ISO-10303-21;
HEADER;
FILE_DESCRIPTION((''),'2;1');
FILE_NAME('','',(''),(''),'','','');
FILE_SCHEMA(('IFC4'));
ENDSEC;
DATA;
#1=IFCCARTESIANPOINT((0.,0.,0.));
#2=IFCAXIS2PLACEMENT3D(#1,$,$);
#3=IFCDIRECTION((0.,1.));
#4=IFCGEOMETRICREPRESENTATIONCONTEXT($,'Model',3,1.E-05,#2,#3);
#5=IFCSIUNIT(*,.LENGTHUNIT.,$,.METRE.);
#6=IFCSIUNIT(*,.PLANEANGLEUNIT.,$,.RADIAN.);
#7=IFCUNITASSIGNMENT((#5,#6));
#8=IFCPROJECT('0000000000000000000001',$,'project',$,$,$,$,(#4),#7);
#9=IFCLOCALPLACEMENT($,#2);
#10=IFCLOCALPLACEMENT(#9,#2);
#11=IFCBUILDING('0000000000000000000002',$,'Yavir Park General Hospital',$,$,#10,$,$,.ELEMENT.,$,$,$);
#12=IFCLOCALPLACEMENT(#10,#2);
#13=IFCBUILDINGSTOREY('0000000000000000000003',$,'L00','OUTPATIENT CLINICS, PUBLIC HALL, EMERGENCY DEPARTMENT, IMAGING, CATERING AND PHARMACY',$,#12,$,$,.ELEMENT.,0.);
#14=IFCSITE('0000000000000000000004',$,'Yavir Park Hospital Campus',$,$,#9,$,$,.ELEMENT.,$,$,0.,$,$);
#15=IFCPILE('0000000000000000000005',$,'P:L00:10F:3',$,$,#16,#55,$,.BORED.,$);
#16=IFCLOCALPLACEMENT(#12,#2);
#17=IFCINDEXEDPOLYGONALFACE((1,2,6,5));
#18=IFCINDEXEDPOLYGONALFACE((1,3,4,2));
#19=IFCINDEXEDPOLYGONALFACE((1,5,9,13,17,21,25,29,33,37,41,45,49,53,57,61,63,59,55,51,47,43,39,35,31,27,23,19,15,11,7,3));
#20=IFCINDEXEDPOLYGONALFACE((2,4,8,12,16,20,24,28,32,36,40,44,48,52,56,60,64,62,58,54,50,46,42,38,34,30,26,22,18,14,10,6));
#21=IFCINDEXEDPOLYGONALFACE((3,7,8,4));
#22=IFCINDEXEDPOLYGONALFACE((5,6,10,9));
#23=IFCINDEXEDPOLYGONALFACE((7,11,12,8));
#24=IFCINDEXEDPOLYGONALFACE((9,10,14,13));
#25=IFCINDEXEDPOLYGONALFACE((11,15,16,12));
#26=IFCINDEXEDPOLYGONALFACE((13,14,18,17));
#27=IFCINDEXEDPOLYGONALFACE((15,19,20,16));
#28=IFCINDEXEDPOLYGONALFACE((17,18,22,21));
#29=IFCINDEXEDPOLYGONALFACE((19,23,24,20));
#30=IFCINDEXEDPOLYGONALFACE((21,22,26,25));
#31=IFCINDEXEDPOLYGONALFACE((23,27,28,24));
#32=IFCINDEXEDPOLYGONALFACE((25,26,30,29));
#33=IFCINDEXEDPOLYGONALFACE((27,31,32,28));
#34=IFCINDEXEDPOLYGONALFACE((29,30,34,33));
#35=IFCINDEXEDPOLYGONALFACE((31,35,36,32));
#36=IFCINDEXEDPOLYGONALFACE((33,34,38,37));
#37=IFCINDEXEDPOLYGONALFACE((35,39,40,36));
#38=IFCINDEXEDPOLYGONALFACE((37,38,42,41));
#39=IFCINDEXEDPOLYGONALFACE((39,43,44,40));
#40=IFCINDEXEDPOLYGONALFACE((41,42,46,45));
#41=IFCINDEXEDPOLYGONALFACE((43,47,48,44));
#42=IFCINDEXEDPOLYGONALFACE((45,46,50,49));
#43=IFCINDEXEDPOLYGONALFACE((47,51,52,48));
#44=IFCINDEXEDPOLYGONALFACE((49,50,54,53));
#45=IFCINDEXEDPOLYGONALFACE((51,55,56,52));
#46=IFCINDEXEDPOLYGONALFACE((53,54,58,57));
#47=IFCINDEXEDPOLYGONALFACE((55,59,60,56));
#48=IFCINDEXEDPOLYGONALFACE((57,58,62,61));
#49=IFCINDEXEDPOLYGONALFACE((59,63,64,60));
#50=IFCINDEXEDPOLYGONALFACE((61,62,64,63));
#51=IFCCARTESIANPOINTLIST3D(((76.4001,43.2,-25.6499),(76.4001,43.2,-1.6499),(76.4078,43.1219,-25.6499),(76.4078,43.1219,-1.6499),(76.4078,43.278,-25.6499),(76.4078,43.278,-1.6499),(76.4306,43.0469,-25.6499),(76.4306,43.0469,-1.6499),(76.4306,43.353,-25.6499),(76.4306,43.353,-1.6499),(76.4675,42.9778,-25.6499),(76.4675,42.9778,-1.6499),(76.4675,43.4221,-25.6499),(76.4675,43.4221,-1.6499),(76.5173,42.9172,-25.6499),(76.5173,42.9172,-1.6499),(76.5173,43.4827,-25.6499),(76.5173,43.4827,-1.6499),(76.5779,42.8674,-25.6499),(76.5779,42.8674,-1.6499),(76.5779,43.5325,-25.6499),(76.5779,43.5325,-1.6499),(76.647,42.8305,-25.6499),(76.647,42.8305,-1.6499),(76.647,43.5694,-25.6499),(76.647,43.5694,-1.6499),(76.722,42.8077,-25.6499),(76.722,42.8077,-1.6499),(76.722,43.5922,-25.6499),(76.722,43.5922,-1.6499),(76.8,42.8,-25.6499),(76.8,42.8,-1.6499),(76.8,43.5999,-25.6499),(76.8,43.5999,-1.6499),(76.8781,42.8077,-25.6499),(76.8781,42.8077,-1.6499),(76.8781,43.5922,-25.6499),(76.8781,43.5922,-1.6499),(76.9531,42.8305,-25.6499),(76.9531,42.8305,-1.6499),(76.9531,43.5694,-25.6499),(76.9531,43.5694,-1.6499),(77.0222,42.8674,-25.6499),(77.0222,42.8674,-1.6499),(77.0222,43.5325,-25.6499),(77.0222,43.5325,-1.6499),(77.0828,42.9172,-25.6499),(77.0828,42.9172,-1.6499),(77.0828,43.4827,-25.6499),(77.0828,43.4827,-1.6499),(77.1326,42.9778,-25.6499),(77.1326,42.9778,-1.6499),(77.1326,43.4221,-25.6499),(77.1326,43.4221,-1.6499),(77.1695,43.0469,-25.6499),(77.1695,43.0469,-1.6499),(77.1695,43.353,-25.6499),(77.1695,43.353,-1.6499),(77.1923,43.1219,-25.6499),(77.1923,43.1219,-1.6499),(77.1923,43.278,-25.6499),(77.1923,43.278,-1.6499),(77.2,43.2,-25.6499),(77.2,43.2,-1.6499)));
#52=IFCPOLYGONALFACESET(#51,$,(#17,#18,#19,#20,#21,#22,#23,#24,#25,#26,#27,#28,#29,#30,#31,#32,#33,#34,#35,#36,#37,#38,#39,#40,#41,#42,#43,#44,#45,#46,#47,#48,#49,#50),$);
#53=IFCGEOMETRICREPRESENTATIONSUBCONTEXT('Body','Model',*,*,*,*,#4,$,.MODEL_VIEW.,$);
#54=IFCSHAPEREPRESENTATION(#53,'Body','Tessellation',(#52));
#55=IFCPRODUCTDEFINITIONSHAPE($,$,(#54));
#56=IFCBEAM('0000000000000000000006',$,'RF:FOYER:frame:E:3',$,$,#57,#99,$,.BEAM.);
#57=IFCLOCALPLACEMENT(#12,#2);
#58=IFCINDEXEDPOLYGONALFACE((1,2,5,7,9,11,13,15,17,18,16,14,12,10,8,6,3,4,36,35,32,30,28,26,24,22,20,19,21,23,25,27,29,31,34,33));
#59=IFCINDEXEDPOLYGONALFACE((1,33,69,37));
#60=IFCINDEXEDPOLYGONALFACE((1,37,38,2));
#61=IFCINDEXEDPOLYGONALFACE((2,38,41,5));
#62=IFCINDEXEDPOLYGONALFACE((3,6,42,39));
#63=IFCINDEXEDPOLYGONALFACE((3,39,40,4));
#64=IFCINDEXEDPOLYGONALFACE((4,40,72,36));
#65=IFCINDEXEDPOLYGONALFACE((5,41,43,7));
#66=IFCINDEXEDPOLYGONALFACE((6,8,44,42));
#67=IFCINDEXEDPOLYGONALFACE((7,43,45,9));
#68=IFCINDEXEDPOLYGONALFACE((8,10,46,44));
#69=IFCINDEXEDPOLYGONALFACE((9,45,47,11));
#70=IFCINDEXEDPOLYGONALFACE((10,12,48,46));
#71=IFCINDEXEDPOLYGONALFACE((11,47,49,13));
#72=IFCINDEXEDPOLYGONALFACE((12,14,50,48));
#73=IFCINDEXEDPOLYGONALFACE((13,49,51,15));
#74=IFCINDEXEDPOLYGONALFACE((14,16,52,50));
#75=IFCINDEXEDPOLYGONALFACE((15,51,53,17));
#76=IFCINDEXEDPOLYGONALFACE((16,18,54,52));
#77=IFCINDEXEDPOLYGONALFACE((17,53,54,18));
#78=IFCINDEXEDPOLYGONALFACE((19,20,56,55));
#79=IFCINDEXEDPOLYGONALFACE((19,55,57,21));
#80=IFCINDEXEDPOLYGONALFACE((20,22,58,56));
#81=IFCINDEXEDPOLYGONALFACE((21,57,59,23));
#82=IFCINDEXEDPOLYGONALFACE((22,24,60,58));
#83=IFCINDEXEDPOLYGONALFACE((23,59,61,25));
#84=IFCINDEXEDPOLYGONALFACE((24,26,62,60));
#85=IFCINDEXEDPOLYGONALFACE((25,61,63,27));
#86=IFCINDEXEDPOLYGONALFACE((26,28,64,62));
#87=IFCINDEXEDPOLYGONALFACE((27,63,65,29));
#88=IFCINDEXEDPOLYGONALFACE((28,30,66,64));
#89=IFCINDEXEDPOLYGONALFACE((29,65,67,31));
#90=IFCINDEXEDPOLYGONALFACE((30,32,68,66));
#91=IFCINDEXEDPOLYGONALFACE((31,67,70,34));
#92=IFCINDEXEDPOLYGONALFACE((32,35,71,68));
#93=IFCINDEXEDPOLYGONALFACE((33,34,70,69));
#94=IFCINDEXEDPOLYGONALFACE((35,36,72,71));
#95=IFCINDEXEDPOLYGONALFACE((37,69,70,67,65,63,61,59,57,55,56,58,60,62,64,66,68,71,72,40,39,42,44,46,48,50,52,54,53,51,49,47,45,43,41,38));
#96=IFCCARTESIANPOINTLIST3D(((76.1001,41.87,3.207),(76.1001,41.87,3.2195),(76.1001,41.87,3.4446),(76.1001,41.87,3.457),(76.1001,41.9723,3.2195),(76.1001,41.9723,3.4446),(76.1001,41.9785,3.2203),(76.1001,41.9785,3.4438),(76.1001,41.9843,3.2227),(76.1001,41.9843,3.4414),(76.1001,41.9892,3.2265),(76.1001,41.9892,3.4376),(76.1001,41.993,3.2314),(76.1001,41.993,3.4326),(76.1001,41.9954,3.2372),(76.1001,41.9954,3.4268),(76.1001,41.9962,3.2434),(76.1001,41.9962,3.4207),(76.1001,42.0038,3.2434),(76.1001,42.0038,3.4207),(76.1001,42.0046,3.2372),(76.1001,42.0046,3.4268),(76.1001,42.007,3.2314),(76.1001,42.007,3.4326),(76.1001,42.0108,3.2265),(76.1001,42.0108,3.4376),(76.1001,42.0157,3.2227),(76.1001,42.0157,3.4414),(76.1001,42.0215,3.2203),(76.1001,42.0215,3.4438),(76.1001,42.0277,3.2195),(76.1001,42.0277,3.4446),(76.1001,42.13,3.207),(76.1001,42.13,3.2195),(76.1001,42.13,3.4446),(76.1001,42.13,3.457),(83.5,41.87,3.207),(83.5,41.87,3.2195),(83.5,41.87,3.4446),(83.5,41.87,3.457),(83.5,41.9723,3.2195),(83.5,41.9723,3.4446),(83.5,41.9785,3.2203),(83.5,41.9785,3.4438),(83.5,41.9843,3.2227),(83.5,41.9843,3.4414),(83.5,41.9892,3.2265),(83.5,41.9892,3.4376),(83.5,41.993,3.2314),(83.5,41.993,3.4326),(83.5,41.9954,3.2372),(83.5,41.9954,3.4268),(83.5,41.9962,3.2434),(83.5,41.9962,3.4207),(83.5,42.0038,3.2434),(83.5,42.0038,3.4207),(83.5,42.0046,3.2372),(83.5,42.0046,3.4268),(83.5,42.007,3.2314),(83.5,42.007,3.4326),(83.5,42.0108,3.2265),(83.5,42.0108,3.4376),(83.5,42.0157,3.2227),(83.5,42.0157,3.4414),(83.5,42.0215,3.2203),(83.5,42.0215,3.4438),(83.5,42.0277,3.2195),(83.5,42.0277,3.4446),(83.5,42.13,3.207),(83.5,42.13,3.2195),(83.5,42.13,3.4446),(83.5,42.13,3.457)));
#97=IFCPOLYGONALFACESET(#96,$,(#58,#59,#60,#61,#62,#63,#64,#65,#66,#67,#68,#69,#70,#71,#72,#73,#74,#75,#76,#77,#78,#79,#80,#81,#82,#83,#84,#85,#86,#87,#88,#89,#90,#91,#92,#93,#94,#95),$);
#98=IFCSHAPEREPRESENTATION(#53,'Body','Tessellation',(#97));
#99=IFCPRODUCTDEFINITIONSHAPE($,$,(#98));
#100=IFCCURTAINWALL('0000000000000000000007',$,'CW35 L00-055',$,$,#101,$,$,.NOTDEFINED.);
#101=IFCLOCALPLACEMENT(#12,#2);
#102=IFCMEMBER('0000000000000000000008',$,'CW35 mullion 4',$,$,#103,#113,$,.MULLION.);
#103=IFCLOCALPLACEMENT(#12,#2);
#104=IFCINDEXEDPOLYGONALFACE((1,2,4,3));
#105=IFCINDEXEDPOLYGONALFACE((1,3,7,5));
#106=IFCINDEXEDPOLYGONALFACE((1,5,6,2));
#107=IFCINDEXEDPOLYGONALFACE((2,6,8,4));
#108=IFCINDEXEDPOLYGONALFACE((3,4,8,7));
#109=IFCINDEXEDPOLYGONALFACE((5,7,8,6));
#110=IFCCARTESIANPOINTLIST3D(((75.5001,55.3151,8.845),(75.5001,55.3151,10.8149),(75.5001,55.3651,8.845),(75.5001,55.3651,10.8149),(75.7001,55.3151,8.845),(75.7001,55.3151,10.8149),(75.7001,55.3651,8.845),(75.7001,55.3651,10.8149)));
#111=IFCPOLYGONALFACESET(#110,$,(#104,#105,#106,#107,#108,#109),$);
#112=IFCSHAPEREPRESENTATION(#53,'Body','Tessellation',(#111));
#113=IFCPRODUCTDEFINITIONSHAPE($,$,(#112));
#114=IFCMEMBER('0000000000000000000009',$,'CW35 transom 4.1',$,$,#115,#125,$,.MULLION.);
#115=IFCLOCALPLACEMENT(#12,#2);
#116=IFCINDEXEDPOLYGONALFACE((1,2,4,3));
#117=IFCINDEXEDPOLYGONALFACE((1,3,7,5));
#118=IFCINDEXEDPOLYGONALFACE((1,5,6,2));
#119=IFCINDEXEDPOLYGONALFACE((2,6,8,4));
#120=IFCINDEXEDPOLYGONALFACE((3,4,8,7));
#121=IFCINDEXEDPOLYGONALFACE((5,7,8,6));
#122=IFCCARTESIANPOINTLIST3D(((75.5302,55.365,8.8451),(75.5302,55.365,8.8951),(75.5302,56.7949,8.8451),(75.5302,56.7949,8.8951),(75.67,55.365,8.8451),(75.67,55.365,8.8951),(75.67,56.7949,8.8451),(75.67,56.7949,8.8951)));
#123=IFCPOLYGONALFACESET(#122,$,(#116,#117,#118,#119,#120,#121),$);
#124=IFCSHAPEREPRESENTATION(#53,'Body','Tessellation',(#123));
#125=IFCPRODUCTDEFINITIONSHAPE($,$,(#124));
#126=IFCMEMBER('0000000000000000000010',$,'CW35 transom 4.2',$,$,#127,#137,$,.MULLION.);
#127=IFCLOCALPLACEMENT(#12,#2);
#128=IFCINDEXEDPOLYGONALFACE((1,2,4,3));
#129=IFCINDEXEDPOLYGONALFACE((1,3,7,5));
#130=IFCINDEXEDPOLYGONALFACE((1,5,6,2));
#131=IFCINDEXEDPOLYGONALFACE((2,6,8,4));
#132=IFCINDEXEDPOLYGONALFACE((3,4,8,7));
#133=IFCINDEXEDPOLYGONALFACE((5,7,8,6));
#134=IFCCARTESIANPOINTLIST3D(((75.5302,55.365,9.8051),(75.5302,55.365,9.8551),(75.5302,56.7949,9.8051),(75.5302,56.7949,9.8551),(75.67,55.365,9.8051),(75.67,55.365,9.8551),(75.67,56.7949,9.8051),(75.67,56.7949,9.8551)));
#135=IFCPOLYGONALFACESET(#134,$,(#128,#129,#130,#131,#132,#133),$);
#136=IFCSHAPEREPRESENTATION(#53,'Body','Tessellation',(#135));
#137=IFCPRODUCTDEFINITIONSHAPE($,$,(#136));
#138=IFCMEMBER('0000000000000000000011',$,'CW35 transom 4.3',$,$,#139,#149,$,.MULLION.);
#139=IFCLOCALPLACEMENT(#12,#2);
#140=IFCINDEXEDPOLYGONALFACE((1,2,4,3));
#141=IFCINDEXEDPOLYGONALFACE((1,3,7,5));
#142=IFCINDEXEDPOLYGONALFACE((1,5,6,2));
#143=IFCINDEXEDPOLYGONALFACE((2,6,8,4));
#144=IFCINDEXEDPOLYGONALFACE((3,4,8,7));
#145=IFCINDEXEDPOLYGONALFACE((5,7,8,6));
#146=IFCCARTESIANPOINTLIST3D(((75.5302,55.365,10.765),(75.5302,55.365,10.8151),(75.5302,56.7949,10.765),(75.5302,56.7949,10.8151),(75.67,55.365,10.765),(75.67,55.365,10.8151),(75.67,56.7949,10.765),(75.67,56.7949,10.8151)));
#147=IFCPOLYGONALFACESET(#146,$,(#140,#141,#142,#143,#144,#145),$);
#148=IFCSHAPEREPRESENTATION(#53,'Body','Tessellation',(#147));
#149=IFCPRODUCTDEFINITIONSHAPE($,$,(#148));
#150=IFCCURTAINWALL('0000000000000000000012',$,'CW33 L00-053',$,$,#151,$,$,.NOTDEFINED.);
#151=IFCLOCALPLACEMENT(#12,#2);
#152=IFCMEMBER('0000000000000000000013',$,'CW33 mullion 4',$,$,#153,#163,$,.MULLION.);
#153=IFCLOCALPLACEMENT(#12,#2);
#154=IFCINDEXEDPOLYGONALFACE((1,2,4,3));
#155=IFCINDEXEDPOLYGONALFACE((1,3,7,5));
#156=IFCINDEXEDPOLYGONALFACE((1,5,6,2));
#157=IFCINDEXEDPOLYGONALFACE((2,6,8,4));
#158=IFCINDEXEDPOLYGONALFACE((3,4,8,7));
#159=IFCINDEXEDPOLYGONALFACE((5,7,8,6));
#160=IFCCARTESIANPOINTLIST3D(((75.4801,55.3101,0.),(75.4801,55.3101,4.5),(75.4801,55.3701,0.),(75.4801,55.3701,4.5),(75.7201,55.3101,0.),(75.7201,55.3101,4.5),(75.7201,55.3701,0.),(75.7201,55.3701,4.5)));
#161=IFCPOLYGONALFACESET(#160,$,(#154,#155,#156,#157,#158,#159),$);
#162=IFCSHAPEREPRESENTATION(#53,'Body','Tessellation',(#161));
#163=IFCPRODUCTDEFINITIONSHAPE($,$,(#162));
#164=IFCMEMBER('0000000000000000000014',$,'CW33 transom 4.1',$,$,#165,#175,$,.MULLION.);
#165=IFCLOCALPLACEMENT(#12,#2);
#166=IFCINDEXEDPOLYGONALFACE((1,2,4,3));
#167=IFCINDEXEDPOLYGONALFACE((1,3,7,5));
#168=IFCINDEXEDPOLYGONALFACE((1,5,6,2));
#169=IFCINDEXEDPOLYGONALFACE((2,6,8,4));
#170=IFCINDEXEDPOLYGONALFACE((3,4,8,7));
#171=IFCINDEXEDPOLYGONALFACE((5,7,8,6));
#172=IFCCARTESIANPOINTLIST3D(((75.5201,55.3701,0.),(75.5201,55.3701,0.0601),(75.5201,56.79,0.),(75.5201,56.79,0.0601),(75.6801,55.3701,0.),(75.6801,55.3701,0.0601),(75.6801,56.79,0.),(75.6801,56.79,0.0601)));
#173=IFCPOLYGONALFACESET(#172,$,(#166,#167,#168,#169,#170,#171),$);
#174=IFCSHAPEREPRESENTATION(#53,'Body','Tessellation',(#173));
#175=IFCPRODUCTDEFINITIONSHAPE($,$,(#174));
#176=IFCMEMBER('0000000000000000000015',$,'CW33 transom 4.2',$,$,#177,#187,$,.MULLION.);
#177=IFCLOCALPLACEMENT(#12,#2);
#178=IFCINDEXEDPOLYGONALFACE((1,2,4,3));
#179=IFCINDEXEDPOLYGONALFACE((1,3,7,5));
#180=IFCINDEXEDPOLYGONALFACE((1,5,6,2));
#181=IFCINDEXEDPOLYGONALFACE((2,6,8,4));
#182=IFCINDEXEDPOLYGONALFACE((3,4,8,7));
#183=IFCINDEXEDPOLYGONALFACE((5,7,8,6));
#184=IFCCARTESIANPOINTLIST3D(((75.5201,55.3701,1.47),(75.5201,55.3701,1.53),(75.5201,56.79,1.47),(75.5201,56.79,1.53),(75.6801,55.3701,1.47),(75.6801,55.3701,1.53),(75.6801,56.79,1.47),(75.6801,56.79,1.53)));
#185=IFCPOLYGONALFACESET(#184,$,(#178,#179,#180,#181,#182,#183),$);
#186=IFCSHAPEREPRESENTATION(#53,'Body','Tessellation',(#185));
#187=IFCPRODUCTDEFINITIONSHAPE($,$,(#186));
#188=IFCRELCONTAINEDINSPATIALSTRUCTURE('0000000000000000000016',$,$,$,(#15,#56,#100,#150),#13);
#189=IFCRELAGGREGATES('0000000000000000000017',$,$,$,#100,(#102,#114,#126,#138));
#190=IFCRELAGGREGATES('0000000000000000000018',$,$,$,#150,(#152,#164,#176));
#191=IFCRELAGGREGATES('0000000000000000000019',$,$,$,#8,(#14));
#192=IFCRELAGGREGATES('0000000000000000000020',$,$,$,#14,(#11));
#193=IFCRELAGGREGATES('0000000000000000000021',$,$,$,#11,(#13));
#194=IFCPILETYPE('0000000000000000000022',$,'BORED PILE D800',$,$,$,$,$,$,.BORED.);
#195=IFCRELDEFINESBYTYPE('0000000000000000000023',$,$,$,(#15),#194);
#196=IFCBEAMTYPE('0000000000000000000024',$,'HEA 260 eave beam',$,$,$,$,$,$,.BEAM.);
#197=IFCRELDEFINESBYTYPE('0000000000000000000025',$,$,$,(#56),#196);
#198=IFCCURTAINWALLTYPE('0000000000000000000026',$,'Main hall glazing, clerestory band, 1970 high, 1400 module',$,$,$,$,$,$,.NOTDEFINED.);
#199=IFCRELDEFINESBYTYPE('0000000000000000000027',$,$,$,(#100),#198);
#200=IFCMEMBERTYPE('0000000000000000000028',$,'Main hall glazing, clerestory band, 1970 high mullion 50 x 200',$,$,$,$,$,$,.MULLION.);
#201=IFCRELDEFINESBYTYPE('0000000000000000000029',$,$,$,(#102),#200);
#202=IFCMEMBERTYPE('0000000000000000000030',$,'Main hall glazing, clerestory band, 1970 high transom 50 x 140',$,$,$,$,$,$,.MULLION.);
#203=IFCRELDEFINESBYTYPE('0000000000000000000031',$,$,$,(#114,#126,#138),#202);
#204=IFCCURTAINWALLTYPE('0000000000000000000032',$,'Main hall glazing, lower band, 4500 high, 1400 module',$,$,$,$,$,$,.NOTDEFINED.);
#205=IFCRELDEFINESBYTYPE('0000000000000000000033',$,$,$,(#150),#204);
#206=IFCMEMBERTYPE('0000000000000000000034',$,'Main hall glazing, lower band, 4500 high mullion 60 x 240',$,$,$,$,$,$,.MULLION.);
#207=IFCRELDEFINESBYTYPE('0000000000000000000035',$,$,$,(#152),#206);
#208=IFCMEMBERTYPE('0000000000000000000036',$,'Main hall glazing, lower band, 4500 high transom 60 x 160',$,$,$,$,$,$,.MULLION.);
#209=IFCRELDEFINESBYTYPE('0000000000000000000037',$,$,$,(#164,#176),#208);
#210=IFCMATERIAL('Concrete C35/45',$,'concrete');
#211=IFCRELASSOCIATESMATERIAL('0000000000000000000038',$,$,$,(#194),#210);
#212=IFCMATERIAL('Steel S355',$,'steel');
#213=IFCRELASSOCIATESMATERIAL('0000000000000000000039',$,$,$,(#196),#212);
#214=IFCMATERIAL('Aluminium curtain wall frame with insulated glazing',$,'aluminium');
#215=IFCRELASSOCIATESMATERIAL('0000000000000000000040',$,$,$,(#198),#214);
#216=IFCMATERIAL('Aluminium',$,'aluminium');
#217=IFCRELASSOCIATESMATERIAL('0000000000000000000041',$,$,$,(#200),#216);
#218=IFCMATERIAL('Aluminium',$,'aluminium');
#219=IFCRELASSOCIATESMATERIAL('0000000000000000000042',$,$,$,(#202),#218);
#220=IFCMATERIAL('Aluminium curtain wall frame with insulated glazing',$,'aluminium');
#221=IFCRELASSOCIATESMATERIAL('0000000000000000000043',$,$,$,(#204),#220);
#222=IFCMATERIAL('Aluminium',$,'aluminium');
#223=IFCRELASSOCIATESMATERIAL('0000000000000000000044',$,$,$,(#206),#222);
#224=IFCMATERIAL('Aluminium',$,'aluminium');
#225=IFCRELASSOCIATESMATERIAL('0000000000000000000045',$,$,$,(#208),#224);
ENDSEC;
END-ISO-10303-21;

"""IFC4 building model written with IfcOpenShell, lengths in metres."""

from ifc_helpers import new_model, si_unit, direction, frame, origin, origin_2d, place, context, subcontext, project, spatial, rectangle, circle, i_section, extrude, material, material_profile, profile_set, type_object, element, aggregate, save


model = new_model("IFC4")

# Units and contexts
model_context = context("Model", 3, precision=1e-05, world=origin(), true_north=direction((0.0, 1.0)))
body_context = subcontext(model_context, "Body", "Model", "MODEL_VIEW")
ifc_project = project(units=[si_unit("LENGTHUNIT", "METRE"), si_unit("PLANEANGLEUNIT", "RADIAN")], contexts=[model_context])

# Site, building, storey
site_placement = place(None, origin())
site = spatial("IfcSite", under=ifc_project, at=site_placement, Name="Yavir Park Hospital Campus", CompositionType="ELEMENT", RefElevation=0.0)
building_placement = place(site_placement, origin())
building = spatial("IfcBuilding", under=site, at=building_placement, Name="Yavir Park General Hospital", CompositionType="ELEMENT")
storey_placement = place(building_placement, origin())
storey = spatial("IfcBuildingStorey", under=building, at=storey_placement, Name="L00", Description="OUTPATIENT CLINICS, PUBLIC HALL, EMERGENCY DEPARTMENT, IMAGING, CATERING AND PHARMACY", CompositionType="ELEMENT", Elevation=0.0)

# Pile
ifc_material_1 = material(Name="Concrete C35/45", Category="concrete")
ifc_material_profile_1 = material_profile(ifc_material_1, circle(Radius=0.3999, at=origin_2d()), Name="D800")
ifc_profile_set_1 = profile_set([ifc_material_profile_1], Name="Concrete C35/45")
pile_type = type_object("IfcPileType", Name="BORED PILE D800", PredefinedType="BORED", material=ifc_profile_set_1)
pile_placement = place(storey_placement, frame((76.8, 43.2, -1.6499), z_axis=(0.0, 0.0, -1.0), x_axis=(1.0, 0.0, 0.0)))
element("IfcPile", 1, at=pile_placement, inside=storey, type_object=pile_type, Name="P:L00:10F:3", PredefinedType="BORED", context=body_context, shape_type="SweptSolid", body=[
    extrude(circle(Radius=0.3999, at=origin_2d()), origin(), (0.0, 0.0, 1.0), 24.0),
])

# Beam
ifc_material_2 = material(Name="Steel S355", Category="steel")
ifc_material_profile_2 = material_profile(ifc_material_2, i_section(OverallWidth=0.26, OverallDepth=0.25, WebThickness=0.0076, FlangeThickness=0.0125, FilletRadius=0.0239, at=origin_2d()), Name="HEA260")
ifc_profile_set_2 = profile_set([ifc_material_profile_2], Name="Steel S355")
beam_type_1 = type_object("IfcBeamType", Name="HEA 260 eave beam", PredefinedType="BEAM", material=ifc_profile_set_2)
beam_1_placement = place(storey_placement, frame((76.1001, 42.0, 3.332), z_axis=(1.0, 0.0, 0.0), x_axis=(0.0, 1.0, 0.0)))
element("IfcBeam", 2, at=beam_1_placement, inside=storey, type_object=beam_type_1, Name="RF:FOYER:frame:E:3", PredefinedType="BEAM", context=body_context, shape_type="SweptSolid", body=[
    extrude(i_section(OverallWidth=0.26, OverallDepth=0.25, WebThickness=0.0076, FlangeThickness=0.0125, FilletRadius=0.0239, at=origin_2d()), origin(), (0.0, 0.0, 1.0), 7.3999),
])

# Curtain walls, members
ifc_material_3 = material(Name="Aluminium curtain wall frame with insulated glazing", Category="aluminium")
curtain_wall_type_1 = type_object("IfcCurtainWallType", Name="Main hall glazing, clerestory band, 1970 high, 1400 module", PredefinedType="NOTDEFINED", material=ifc_material_3)
curtain_wall_1_placement = place(storey_placement, origin())
curtain_wall_1 = element("IfcCurtainWall", 3, at=curtain_wall_1_placement, inside=storey, type_object=curtain_wall_type_1, Name="CW35 L00-055", PredefinedType="NOTDEFINED")
ifc_material_4 = material(Name="Aluminium", Category="aluminium")
ifc_material_profile_3 = material_profile(ifc_material_4, rectangle(XDim=0.2, YDim=0.05, at=origin_2d()), Name="AL 50x200")
ifc_profile_set_3 = profile_set([ifc_material_profile_3], Name="Aluminium")
member_type_1 = type_object("IfcMemberType", Name="Main hall glazing, clerestory band, 1970 high mullion 50 x 200", PredefinedType="MULLION", material=ifc_profile_set_3)
member_1_placement = place(storey_placement, frame((75.6001, 55.3401, 8.845), z_axis=(0.0, 0.0, 1.0), x_axis=(-1.0, 0.0, 0.0)))
member_1 = element("IfcMember", 4, at=member_1_placement, type_object=member_type_1, Name="CW35 mullion 4", PredefinedType="MULLION", context=body_context, shape_type="SweptSolid", body=[
    extrude(rectangle(XDim=0.2, YDim=0.05, at=origin_2d()), origin(), (0.0, 0.0, 1.0), 1.97),
])
ifc_material_5 = material(Name="Aluminium", Category="aluminium")
ifc_material_profile_4 = material_profile(ifc_material_5, rectangle(XDim=0.1399, YDim=0.05, at=origin_2d()), Name="AL 140x50")
ifc_profile_set_4 = profile_set([ifc_material_profile_4], Name="Aluminium")
member_type_2 = type_object("IfcMemberType", Name="Main hall glazing, clerestory band, 1970 high transom 50 x 140", PredefinedType="MULLION", material=ifc_profile_set_4)
member_2_placement = place(storey_placement, frame((75.6001, 55.365, 8.8701), z_axis=(0.0, 1.0, 0.0), x_axis=(-1.0, 0.0, 0.0)))
member_2 = element("IfcMember", 5, at=member_2_placement, type_object=member_type_2, Name="CW35 transom 4.1", PredefinedType="MULLION", context=body_context, shape_type="SweptSolid", body=[
    extrude(rectangle(XDim=0.1399, YDim=0.05, at=origin_2d()), origin(), (0.0, 0.0, 1.0), 1.4299),
])
member_3_placement = place(storey_placement, frame((75.6001, 55.365, 9.8301), z_axis=(0.0, 1.0, 0.0), x_axis=(-1.0, 0.0, 0.0)))
member_3 = element("IfcMember", 6, at=member_3_placement, type_object=member_type_2, Name="CW35 transom 4.2", PredefinedType="MULLION", context=body_context, shape_type="SweptSolid", body=[
    extrude(rectangle(XDim=0.1399, YDim=0.05, at=origin_2d()), origin(), (0.0, 0.0, 1.0), 1.4299),
])
member_4_placement = place(storey_placement, frame((75.6001, 55.365, 10.79), z_axis=(0.0, 1.0, 0.0), x_axis=(-1.0, 0.0, 0.0)))
member_4 = element("IfcMember", 7, at=member_4_placement, type_object=member_type_2, Name="CW35 transom 4.3", PredefinedType="MULLION", context=body_context, shape_type="SweptSolid", body=[
    extrude(rectangle(XDim=0.1399, YDim=0.05, at=origin_2d()), origin(), (0.0, 0.0, 1.0), 1.4299),
])
ifc_material_6 = material(Name="Aluminium curtain wall frame with insulated glazing", Category="aluminium")
curtain_wall_type_2 = type_object("IfcCurtainWallType", Name="Main hall glazing, lower band, 4500 high, 1400 module", PredefinedType="NOTDEFINED", material=ifc_material_6)
curtain_wall_2_placement = place(storey_placement, origin())
curtain_wall_2 = element("IfcCurtainWall", 8, at=curtain_wall_2_placement, inside=storey, type_object=curtain_wall_type_2, Name="CW33 L00-053", PredefinedType="NOTDEFINED")
ifc_material_7 = material(Name="Aluminium", Category="aluminium")
ifc_material_profile_5 = material_profile(ifc_material_7, rectangle(XDim=0.24, YDim=0.0601, at=origin_2d()), Name="AL 60x240")
ifc_profile_set_5 = profile_set([ifc_material_profile_5], Name="Aluminium")
member_type_3 = type_object("IfcMemberType", Name="Main hall glazing, lower band, 4500 high mullion 60 x 240", PredefinedType="MULLION", material=ifc_profile_set_5)
member_5_placement = place(storey_placement, frame((75.6001, 55.3401, 0.0), z_axis=(0.0, 0.0, 1.0), x_axis=(-1.0, 0.0, 0.0)))
member_5 = element("IfcMember", 9, at=member_5_placement, type_object=member_type_3, Name="CW33 mullion 4", PredefinedType="MULLION", context=body_context, shape_type="SweptSolid", body=[
    extrude(rectangle(XDim=0.24, YDim=0.0601, at=origin_2d()), origin(), (0.0, 0.0, 1.0), 4.5),
])
ifc_material_8 = material(Name="Aluminium", Category="aluminium")
ifc_material_profile_6 = material_profile(ifc_material_8, rectangle(XDim=0.1599, YDim=0.0601, at=origin_2d()), Name="AL 160x60")
ifc_profile_set_6 = profile_set([ifc_material_profile_6], Name="Aluminium")
member_type_4 = type_object("IfcMemberType", Name="Main hall glazing, lower band, 4500 high transom 60 x 160", PredefinedType="MULLION", material=ifc_profile_set_6)
member_6_placement = place(storey_placement, frame((75.6001, 55.3701, 0.03), z_axis=(0.0, 1.0, 0.0), x_axis=(-1.0, 0.0, 0.0)))
member_6 = element("IfcMember", 10, at=member_6_placement, type_object=member_type_4, Name="CW33 transom 4.1", PredefinedType="MULLION", context=body_context, shape_type="SweptSolid", body=[
    extrude(rectangle(XDim=0.1599, YDim=0.0601, at=origin_2d()), origin(), (0.0, 0.0, 1.0), 1.4199),
])
member_7_placement = place(storey_placement, frame((75.6001, 55.3701, 1.5), z_axis=(0.0, 1.0, 0.0), x_axis=(-1.0, 0.0, 0.0)))
member_7 = element("IfcMember", 11, at=member_7_placement, type_object=member_type_4, Name="CW33 transom 4.2", PredefinedType="MULLION", context=body_context, shape_type="SweptSolid", body=[
    extrude(rectangle(XDim=0.1599, YDim=0.0601, at=origin_2d()), origin(), (0.0, 0.0, 1.0), 1.4199),
])

aggregate(curtain_wall_1, [member_1, member_2, member_3, member_4])
aggregate(curtain_wall_2, [member_5, member_6, member_7])

save(model, "model.ifc")
